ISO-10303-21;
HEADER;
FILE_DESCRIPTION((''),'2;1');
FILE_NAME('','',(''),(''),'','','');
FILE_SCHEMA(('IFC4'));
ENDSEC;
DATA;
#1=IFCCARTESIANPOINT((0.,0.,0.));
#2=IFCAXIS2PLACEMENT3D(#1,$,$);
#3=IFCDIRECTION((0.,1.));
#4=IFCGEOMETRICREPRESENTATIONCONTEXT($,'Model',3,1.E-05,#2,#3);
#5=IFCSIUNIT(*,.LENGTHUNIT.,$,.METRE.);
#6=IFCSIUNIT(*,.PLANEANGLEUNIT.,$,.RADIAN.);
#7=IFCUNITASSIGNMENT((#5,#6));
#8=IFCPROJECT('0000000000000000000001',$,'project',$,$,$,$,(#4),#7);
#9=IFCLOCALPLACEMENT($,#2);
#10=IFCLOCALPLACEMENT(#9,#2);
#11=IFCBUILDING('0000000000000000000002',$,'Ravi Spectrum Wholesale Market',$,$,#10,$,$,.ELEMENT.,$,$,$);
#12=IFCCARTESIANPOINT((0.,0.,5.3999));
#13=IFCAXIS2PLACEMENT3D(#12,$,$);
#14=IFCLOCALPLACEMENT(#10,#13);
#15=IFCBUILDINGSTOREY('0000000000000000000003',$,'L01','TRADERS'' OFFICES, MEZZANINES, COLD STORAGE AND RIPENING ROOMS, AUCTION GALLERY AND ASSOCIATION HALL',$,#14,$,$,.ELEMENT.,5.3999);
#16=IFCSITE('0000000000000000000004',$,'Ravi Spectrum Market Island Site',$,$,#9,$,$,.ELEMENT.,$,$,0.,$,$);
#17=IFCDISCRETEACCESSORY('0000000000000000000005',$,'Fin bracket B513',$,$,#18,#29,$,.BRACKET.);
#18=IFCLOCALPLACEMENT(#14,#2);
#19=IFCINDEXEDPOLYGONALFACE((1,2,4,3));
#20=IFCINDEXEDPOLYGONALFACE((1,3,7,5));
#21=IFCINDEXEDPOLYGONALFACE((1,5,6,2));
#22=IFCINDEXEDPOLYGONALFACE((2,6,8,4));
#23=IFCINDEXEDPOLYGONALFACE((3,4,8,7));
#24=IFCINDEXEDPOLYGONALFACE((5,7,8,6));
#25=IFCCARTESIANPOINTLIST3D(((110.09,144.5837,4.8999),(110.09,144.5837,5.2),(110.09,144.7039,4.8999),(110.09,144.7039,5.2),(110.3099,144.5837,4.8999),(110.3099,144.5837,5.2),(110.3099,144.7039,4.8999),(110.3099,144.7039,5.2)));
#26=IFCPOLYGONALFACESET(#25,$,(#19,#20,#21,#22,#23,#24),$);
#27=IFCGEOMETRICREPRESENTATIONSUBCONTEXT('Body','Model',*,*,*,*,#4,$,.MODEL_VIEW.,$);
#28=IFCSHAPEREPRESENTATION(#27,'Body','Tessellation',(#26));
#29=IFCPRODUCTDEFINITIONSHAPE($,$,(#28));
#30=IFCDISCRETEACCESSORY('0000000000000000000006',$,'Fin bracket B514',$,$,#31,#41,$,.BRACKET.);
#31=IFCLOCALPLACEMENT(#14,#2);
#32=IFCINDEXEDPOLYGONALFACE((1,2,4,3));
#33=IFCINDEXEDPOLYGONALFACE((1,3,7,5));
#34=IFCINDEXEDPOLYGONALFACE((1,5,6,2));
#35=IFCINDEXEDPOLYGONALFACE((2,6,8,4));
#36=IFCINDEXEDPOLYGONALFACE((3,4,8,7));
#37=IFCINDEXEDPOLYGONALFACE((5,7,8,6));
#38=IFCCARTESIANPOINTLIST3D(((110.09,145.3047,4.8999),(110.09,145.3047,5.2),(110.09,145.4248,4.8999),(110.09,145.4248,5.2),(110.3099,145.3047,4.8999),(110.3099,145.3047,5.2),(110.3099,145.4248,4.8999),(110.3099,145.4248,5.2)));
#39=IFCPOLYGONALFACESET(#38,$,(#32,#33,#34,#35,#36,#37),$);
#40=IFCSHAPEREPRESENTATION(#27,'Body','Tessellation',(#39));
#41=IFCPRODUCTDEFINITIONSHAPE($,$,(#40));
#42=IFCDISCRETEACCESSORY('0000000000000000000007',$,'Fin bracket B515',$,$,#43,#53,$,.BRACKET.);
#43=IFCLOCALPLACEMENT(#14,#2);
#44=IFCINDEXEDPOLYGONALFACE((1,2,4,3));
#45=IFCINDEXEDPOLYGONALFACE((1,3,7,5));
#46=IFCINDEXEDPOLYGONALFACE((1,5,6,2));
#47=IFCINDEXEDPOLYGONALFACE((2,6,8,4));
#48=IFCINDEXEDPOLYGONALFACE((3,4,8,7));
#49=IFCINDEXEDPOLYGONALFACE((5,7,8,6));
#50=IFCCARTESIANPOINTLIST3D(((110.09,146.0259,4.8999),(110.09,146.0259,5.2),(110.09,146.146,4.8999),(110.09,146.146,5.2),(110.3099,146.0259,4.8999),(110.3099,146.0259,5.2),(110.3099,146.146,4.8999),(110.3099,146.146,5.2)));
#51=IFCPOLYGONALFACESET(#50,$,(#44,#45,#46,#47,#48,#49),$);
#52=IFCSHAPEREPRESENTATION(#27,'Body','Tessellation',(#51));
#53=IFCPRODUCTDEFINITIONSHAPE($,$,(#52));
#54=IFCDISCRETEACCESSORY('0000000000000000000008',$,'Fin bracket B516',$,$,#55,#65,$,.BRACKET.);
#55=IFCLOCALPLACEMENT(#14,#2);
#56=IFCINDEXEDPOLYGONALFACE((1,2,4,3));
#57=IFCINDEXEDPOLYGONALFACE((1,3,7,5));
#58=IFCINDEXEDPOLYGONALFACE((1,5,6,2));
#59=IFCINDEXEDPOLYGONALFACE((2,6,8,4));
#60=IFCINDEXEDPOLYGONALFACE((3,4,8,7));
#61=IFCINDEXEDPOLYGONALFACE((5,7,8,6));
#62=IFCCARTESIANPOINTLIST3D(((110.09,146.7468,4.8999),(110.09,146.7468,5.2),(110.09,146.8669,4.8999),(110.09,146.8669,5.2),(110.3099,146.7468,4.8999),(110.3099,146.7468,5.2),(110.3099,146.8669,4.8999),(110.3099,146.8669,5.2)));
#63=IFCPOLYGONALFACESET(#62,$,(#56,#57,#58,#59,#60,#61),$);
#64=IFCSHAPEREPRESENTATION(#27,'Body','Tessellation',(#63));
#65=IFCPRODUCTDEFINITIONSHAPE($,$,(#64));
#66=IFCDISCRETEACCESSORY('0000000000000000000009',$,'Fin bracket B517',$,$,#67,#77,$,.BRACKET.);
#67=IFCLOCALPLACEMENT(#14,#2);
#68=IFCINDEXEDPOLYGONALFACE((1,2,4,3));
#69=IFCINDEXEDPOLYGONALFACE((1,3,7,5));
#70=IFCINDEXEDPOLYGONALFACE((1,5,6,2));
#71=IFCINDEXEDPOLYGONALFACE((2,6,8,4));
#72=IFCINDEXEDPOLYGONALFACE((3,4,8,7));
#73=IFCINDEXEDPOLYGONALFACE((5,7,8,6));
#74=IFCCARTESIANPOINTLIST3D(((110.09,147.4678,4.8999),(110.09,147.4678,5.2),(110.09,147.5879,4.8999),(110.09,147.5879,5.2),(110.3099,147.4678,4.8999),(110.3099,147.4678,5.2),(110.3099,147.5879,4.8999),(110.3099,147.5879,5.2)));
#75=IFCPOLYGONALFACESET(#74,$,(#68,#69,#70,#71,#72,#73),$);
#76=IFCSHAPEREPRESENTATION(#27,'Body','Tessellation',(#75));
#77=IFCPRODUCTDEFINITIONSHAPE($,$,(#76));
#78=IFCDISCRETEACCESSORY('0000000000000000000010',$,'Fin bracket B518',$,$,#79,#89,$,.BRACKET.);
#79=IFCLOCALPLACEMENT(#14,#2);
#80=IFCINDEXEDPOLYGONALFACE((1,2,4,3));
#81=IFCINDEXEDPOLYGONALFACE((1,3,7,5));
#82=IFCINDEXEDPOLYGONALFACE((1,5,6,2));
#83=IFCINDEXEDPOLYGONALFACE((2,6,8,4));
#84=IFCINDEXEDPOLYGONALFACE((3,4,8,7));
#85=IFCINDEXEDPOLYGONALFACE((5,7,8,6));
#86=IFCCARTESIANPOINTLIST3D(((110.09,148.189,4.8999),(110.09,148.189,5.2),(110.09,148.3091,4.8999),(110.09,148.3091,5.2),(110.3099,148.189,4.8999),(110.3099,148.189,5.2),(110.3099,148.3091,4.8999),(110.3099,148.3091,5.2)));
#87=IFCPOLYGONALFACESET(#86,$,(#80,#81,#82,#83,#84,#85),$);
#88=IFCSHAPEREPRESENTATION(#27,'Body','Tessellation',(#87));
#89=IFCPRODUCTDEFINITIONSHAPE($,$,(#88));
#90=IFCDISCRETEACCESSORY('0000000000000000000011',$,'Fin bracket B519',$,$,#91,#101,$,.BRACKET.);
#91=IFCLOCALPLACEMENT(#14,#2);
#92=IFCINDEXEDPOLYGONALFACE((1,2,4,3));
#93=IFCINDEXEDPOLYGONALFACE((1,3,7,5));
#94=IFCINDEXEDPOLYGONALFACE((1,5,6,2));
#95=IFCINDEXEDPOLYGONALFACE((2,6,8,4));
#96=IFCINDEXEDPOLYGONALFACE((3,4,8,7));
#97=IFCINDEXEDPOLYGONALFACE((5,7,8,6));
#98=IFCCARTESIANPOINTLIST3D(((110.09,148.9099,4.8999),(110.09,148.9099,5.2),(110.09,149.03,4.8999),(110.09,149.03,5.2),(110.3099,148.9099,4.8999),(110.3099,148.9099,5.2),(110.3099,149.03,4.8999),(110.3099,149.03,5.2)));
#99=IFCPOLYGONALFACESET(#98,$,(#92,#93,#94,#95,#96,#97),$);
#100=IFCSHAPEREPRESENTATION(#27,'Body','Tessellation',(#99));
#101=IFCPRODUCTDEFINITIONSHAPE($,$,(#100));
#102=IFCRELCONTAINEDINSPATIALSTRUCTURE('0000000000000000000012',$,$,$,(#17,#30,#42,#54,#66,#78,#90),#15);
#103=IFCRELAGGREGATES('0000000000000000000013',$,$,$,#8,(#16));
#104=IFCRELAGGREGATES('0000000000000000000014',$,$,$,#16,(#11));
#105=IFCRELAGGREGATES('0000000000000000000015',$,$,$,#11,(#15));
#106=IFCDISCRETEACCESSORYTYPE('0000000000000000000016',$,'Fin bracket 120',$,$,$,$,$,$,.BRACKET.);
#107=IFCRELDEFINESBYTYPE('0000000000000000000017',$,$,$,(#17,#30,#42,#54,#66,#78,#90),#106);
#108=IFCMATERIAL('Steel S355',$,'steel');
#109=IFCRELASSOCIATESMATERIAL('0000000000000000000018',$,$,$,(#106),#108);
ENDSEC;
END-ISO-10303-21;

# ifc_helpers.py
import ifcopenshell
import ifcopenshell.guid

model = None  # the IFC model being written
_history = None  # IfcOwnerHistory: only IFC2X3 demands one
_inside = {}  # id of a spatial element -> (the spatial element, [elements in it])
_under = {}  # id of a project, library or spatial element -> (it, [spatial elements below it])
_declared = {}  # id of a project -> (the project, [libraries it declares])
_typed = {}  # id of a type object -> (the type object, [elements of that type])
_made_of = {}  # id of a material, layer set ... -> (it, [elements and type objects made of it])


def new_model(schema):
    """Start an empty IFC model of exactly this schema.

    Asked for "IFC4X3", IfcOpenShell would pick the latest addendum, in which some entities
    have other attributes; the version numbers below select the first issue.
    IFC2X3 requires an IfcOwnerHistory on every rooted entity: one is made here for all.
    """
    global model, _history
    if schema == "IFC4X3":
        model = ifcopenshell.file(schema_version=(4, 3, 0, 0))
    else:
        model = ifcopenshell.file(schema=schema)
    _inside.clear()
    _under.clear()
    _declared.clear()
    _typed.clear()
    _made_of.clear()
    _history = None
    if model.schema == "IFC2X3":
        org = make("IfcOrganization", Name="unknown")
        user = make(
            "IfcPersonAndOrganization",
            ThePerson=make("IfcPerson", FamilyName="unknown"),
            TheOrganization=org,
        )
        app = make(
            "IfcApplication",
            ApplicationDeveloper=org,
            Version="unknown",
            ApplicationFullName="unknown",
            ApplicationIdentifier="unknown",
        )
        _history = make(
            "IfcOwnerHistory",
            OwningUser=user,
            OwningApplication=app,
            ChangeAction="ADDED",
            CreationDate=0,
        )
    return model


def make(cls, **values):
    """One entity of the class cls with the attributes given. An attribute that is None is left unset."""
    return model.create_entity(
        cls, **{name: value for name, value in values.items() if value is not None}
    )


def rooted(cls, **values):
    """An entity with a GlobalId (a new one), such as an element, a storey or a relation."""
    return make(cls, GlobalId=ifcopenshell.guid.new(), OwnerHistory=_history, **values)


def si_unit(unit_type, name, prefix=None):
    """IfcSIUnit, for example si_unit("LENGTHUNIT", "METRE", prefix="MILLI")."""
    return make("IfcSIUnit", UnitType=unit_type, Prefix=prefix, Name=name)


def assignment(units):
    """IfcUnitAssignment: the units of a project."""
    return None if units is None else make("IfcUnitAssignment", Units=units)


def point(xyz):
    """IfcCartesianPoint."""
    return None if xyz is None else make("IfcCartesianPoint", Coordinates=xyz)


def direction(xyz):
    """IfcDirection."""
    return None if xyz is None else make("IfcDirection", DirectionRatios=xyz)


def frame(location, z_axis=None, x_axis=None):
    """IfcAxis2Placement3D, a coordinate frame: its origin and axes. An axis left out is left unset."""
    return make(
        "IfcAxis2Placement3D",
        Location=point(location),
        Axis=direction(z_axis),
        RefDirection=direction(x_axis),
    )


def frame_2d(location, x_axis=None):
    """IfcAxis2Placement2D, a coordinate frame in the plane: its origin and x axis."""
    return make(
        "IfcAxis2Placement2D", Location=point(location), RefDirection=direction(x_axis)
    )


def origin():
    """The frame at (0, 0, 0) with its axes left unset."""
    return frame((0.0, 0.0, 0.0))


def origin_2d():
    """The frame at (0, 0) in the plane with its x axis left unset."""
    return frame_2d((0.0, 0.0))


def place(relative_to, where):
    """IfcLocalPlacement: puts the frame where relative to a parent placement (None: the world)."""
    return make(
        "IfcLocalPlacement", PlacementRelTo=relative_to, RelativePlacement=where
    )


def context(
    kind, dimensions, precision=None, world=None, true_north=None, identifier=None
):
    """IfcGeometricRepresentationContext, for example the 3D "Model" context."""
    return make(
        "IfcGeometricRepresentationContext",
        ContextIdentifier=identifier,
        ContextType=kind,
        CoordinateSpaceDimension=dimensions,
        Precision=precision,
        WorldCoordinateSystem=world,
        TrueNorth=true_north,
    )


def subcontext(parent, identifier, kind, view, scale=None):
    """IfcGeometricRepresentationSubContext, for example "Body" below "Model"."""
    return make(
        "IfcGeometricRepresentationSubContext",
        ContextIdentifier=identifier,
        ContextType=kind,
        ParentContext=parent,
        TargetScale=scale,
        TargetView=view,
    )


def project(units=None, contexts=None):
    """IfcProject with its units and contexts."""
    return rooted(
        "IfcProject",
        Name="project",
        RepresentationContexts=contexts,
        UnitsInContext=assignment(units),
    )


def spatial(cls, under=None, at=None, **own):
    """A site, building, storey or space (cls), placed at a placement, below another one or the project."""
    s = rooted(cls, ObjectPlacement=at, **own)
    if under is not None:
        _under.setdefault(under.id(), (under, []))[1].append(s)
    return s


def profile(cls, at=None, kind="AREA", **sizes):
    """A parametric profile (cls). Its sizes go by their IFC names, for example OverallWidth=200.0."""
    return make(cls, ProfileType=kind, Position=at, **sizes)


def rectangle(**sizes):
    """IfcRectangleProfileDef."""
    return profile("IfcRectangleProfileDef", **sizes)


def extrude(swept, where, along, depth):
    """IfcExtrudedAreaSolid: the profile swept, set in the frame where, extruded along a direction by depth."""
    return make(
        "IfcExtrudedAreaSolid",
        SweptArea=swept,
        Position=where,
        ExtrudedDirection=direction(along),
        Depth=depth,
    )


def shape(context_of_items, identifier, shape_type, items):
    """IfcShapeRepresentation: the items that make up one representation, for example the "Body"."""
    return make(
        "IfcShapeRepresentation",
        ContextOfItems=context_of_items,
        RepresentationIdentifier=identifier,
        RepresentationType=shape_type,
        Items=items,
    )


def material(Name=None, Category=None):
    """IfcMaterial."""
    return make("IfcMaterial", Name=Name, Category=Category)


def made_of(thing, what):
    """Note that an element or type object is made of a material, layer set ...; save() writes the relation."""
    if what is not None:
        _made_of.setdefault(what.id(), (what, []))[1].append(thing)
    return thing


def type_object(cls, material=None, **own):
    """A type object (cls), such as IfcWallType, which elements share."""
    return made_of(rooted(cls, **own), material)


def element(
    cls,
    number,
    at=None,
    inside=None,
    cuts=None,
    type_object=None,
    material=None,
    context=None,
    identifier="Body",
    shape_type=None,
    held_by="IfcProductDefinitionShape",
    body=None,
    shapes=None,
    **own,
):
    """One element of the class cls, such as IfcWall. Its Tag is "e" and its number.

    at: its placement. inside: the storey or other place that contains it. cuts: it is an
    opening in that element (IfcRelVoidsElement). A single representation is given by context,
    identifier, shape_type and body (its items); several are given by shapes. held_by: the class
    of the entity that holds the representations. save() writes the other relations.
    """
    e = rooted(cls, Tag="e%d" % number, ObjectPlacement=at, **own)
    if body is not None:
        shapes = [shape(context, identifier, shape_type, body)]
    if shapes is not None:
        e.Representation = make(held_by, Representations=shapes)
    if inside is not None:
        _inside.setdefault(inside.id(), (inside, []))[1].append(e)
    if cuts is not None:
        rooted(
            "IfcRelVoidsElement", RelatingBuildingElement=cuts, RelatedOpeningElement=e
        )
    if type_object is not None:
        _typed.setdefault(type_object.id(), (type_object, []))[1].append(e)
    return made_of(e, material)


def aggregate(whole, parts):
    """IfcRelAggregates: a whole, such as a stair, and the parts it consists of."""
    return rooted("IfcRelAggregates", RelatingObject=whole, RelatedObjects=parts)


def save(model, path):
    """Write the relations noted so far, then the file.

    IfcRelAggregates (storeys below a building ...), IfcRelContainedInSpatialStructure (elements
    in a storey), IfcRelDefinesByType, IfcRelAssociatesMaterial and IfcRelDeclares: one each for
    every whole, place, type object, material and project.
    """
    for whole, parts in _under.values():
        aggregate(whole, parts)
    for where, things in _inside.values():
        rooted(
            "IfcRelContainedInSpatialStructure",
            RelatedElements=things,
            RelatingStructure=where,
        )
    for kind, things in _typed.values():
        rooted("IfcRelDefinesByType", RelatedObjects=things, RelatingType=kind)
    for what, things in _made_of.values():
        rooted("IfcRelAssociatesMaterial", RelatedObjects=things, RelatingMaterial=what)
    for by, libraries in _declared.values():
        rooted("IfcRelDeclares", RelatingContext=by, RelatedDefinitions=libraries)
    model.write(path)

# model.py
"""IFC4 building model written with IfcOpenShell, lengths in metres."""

from ifc_helpers import new_model, si_unit, direction, frame, origin, origin_2d, place, context, subcontext, project, spatial, rectangle, extrude, material, type_object, element, save


model = new_model("IFC4")

# Units and contexts
model_context = context("Model", 3, precision=1e-05, world=origin(), true_north=direction((0.0, 1.0)))
body_context = subcontext(model_context, "Body", "Model", "MODEL_VIEW")
ifc_project = project(units=[si_unit("LENGTHUNIT", "METRE"), si_unit("PLANEANGLEUNIT", "RADIAN")], contexts=[model_context])

# Site, building, storey
site_placement = place(None, origin())
site = spatial("IfcSite", under=ifc_project, at=site_placement, Name="Ravi Spectrum Market Island Site", CompositionType="ELEMENT", RefElevation=0.0)
building_placement = place(site_placement, origin())
building = spatial("IfcBuilding", under=site, at=building_placement, Name="Ravi Spectrum Wholesale Market", CompositionType="ELEMENT")
storey_placement = place(building_placement, frame((0.0, 0.0, 5.3999)))
storey = spatial("IfcBuildingStorey", under=building, at=storey_placement, Name="L01", Description="TRADERS' OFFICES, MEZZANINES, COLD STORAGE AND RIPENING ROOMS, AUCTION GALLERY AND ASSOCIATION HALL", CompositionType="ELEMENT", Elevation=5.3999)

# Discrete accessories
ifc_material_1 = material(Name="Steel S355", Category="steel")
discrete_accessory_type = type_object("IfcDiscreteAccessoryType", Name="Fin bracket 120", PredefinedType="BRACKET", material=ifc_material_1)
for number, where, z_axis, x_axis, name in (
    (1, (110.2, 144.6438, 4.8999), (0.0, 0.0, 1.0), (0.0, 1.0, 0.0), "Fin bracket B513"),
    (2, (110.2, 145.3647, 4.8999), (0.0, 0.0, 1.0), (0.0, 1.0, 0.0), "Fin bracket B514"),
    (3, (110.2, 146.0859, 4.8999), (0.0, 0.0, 1.0), (0.0, 1.0, 0.0), "Fin bracket B515"),
    (4, (110.2, 146.8069, 4.8999), (0.0, 0.0, 1.0), (0.0, 1.0, 0.0), "Fin bracket B516"),
    (5, (110.2, 147.5278, 4.8999), (0.0, 0.0, 1.0), (0.0, 1.0, 0.0), "Fin bracket B517"),
    (6, (110.2, 148.249, 4.8999), (0.0, 0.0, 1.0), (0.0, 1.0, 0.0), "Fin bracket B518"),
    (7, (110.2, 148.97, 4.8999), (0.0, 0.0, 1.0), (0.0, 1.0, 0.0), "Fin bracket B519"),
):
    element("IfcDiscreteAccessory", number, at=place(storey_placement, frame(where, z_axis=z_axis, x_axis=x_axis)), inside=storey, type_object=discrete_accessory_type, Name=name, PredefinedType="BRACKET", context=body_context, shape_type="SweptSolid", body=[
        extrude(rectangle(XDim=0.1201, YDim=0.22, at=origin_2d()), origin(), (0.0, 0.0, 1.0), 0.3),
    ])

save(model, "model.ifc")
